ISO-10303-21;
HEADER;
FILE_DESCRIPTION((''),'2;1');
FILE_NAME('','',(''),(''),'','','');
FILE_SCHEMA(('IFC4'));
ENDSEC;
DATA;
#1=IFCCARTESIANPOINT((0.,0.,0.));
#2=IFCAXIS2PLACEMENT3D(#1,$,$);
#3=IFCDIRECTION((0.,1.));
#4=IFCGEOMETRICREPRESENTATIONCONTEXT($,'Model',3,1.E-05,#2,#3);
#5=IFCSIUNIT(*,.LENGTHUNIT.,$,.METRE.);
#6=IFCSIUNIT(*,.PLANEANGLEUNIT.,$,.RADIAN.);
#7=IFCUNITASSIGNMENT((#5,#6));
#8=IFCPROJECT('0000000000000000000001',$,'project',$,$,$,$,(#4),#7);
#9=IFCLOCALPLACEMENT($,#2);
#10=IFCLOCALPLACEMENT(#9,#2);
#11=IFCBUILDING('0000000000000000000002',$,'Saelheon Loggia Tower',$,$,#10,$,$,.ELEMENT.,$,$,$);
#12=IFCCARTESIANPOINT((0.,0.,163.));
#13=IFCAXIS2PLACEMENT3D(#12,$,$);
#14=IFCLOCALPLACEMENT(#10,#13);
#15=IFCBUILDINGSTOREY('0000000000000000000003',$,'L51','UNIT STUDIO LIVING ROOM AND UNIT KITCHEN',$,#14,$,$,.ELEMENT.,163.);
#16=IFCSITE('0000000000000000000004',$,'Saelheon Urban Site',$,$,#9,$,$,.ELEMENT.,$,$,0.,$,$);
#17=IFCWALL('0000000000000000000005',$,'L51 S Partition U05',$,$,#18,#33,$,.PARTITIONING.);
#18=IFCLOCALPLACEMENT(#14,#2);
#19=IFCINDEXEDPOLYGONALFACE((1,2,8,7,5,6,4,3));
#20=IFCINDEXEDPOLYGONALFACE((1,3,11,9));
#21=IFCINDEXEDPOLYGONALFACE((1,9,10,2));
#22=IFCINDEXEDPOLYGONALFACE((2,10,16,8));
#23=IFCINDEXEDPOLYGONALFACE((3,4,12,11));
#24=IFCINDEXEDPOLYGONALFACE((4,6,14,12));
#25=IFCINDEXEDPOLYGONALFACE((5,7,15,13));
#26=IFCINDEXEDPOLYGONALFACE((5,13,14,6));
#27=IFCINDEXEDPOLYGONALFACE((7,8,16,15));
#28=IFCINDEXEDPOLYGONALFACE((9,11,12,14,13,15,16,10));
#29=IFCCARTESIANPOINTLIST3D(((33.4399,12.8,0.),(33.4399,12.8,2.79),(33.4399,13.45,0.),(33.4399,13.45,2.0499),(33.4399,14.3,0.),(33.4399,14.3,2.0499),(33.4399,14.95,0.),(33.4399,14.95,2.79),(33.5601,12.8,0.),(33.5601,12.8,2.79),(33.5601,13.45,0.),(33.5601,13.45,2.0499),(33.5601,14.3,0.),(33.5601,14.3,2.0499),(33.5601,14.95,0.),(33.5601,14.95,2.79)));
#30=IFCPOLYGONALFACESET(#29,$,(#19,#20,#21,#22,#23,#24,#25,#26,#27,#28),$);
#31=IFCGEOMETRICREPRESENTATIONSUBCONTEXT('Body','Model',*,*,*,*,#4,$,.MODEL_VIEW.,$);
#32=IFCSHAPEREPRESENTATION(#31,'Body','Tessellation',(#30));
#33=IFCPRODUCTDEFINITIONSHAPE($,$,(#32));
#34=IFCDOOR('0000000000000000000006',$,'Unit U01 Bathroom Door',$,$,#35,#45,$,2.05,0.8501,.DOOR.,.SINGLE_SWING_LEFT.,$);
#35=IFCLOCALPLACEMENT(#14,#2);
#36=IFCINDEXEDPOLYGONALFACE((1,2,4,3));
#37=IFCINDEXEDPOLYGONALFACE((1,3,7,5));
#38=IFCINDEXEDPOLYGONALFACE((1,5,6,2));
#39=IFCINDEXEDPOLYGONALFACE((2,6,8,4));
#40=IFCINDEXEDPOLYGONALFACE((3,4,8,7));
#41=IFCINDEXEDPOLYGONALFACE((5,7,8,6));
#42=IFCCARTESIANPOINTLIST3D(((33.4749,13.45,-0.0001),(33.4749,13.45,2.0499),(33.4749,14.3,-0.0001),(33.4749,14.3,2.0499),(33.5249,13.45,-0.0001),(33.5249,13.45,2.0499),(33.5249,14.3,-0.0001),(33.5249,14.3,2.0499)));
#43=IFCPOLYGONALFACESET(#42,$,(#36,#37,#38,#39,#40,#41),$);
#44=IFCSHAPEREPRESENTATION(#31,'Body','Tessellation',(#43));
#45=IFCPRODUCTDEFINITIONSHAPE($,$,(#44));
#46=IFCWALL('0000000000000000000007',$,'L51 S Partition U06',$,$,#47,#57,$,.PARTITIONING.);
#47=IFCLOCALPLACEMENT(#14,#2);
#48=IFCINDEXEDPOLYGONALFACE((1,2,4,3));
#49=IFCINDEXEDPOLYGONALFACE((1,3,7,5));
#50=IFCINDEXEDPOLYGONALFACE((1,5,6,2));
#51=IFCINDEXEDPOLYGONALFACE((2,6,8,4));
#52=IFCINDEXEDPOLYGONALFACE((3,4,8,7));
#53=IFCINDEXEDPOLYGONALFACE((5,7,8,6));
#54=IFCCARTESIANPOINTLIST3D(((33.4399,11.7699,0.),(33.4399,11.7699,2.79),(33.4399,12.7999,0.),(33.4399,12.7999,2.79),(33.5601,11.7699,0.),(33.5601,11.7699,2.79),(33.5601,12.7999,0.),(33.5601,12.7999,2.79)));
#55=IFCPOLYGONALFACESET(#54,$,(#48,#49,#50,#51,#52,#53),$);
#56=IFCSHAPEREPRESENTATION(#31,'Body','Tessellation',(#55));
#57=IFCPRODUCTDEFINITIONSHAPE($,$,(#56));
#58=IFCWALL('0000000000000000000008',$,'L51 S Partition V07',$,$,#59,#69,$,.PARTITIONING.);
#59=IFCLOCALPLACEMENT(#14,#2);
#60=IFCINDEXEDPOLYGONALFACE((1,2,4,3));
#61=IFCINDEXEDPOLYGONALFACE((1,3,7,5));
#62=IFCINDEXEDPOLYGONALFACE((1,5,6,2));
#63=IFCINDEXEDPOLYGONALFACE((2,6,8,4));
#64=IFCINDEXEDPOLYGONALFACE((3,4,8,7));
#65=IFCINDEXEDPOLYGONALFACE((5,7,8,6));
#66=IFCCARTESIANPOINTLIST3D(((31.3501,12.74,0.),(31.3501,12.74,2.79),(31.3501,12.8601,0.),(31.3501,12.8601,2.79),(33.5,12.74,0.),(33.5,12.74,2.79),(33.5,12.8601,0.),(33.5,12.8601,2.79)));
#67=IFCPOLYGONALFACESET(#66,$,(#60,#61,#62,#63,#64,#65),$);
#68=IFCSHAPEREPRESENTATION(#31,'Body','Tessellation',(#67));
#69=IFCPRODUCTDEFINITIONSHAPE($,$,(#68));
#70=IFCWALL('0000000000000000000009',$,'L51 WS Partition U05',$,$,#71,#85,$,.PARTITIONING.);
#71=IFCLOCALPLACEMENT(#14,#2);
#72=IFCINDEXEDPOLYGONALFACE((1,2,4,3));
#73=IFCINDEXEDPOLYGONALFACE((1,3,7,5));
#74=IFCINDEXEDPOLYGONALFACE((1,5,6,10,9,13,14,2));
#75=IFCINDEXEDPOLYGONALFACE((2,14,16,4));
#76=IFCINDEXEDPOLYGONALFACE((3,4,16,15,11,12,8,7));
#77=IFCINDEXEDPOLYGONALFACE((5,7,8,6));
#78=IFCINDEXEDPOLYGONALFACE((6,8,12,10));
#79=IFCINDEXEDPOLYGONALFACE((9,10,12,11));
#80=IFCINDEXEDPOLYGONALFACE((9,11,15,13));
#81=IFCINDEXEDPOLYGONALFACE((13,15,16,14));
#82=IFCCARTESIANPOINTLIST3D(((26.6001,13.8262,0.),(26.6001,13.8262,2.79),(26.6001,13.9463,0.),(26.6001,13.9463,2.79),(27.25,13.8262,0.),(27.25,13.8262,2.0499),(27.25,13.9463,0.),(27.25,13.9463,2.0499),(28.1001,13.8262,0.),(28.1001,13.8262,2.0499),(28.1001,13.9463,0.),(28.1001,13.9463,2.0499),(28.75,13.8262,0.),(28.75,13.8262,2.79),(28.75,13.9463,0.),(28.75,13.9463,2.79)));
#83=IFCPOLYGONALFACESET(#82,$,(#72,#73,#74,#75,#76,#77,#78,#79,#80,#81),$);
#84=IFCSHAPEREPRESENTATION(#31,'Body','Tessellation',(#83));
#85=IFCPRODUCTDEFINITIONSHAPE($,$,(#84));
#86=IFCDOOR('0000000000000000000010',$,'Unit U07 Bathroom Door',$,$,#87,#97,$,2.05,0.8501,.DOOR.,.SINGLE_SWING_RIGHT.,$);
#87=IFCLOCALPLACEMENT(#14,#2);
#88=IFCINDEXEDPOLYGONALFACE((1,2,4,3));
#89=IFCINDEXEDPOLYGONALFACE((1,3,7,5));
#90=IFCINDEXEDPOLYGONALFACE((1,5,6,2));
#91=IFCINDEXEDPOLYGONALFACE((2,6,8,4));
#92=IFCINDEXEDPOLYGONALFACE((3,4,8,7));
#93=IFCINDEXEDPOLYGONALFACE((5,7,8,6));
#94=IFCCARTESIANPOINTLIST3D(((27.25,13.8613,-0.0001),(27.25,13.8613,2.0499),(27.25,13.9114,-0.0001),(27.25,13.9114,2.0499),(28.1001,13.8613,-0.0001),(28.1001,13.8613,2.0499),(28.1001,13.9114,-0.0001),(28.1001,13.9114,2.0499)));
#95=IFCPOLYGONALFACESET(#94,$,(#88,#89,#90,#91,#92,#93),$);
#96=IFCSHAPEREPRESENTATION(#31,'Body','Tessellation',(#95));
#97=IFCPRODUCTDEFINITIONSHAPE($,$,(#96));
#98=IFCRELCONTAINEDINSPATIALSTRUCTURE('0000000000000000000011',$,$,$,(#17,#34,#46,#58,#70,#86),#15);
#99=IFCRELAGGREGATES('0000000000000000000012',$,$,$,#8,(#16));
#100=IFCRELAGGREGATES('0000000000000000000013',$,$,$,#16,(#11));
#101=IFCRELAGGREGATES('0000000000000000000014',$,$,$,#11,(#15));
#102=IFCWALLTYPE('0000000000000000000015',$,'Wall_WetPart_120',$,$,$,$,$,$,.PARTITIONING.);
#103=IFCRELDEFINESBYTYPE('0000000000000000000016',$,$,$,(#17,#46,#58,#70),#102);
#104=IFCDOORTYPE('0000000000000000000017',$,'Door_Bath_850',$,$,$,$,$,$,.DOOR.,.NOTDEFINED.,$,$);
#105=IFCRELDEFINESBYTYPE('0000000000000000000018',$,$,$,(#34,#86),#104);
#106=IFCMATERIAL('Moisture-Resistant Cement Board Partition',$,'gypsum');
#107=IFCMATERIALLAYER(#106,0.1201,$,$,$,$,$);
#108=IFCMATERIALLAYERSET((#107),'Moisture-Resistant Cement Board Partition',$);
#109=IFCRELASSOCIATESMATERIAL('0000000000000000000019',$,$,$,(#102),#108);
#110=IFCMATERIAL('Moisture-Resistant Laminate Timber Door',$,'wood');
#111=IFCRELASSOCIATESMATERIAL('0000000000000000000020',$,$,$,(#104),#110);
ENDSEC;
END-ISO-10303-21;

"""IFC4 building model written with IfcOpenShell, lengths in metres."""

from ifc_helpers import new_model, si_unit, direction, frame, frame_2d, origin, place, context, subcontext, project, spatial, rectangle, extrude, source, transform, mapped, material, layer, layer_set, type_object, element, fill, save


model = new_model("IFC4")

# Units and contexts
model_context = context("Model", 3, precision=1e-05, world=origin(), true_north=direction((0.0, 1.0)))
body_context = subcontext(model_context, "Body", "Model", "MODEL_VIEW")
ifc_project = project(units=[si_unit("LENGTHUNIT", "METRE"), si_unit("PLANEANGLEUNIT", "RADIAN")], contexts=[model_context])

# Site, building, storey
site_placement = place(None, origin())
site = spatial("IfcSite", under=ifc_project, at=site_placement, Name="Saelheon Urban Site", CompositionType="ELEMENT", RefElevation=0.0)
building_placement = place(site_placement, origin())
building = spatial("IfcBuilding", under=site, at=building_placement, Name="Saelheon Loggia Tower", CompositionType="ELEMENT")
storey_placement = place(building_placement, frame((0.0, 0.0, 163.0)))
storey = spatial("IfcBuildingStorey", under=building, at=storey_placement, Name="L51", Description="UNIT STUDIO LIVING ROOM AND UNIT KITCHEN", CompositionType="ELEMENT", Elevation=163.0)

# Wall, opening, door
ifc_material_1 = material(Name="Moisture-Resistant Cement Board Partition", Category="gypsum")
ifc_layer_1 = layer(ifc_material_1, 0.1201)
ifc_layer_set_1 = layer_set([ifc_layer_1], Name="Moisture-Resistant Cement Board Partition")
wall_type_1 = type_object("IfcWallType", Name="Wall_WetPart_120", PredefinedType="PARTITIONING", material=ifc_layer_set_1)
wall_1_placement = place(storey_placement, frame((33.5, 14.95, 0.0), z_axis=(0.0, 0.0, 1.0), x_axis=(0.0, -1.0, 0.0)))
wall_1 = element("IfcWall", 1, at=wall_1_placement, inside=storey, type_object=wall_type_1, Name="L51 S Partition U05", PredefinedType="PARTITIONING", context=body_context, shape_type="SweptSolid", body=[
    extrude(rectangle(XDim=2.1499, YDim=0.1201, at=frame_2d((1.075, 0.0))), origin(), (0.0, 0.0, 1.0), 2.79),
])
opening_1_placement = place(wall_1_placement, frame((0.6499, 0.0, 0.0)))
opening_1 = element("IfcOpeningElement", 2, at=opening_1_placement, cuts=wall_1, PredefinedType="OPENING", context=body_context, shape_type="SweptSolid", body=[
    extrude(rectangle(XDim=0.8501, YDim=2.05, at=frame_2d((0.425, 1.0249))), frame((0.0, 0.072, 0.0), z_axis=(0.0, -1.0, 0.0), x_axis=(1.0, 0.0, 0.0)), (0.0, 0.0, 1.0), 0.144),
])
ifc_material_2 = material(Name="Moisture-Resistant Laminate Timber Door", Category="wood")
door_type_1 = type_object("IfcDoorType", Name="Door_Bath_850", OperationType="NOTDEFINED", PredefinedType="DOOR", material=ifc_material_2)
shared_shape_1 = source(origin(), body_context, "Body", "SweptSolid", [
    extrude(rectangle(XDim=0.8501, YDim=2.05, at=frame_2d((0.425, 1.0249))), frame((0.0, 0.0249, 0.0), z_axis=(0.0, -1.0, 0.0), x_axis=(1.0, 0.0, 0.0)), (0.0, 0.0, 1.0), 0.05),
])
door_1_placement = place(opening_1_placement, origin())
door_1 = element("IfcDoor", 3, at=door_1_placement, inside=storey, type_object=door_type_1, Name="Unit U01 Bathroom Door", OperationType="SINGLE_SWING_LEFT", OverallHeight=2.05, OverallWidth=0.8501, PredefinedType="DOOR", context=body_context, shape_type="MappedRepresentation", body=[
    mapped(shared_shape_1, transform((0.0, 0.0, 0.0), scale=1.0)),
])
fill(opening_1, door_1)

# Walls
wall_2_placement = place(storey_placement, frame((33.5, 12.8, 0.0), z_axis=(0.0, 0.0, 1.0), x_axis=(0.0, -1.0, 0.0)))
element("IfcWall", 4, at=wall_2_placement, inside=storey, type_object=wall_type_1, Name="L51 S Partition U06", PredefinedType="PARTITIONING", context=body_context, shape_type="SweptSolid", body=[
    extrude(rectangle(XDim=1.03, YDim=0.1201, at=frame_2d((0.5151, 0.0))), origin(), (0.0, 0.0, 1.0), 2.79),
])
wall_3_placement = place(storey_placement, frame((31.3501, 12.8, 0.0), z_axis=(0.0, 0.0, 1.0), x_axis=(1.0, 0.0, 0.0)))
element("IfcWall", 5, at=wall_3_placement, inside=storey, type_object=wall_type_1, Name="L51 S Partition V07", PredefinedType="PARTITIONING", context=body_context, shape_type="SweptSolid", body=[
    extrude(rectangle(XDim=2.1499, YDim=0.1201, at=frame_2d((1.075, 0.0))), origin(), (0.0, 0.0, 1.0), 2.79),
])

# Wall, opening, door
wall_4_placement = place(storey_placement, frame((28.75, 13.8862, 0.0), z_axis=(0.0, 0.0, 1.0), x_axis=(-1.0, 0.0, 0.0)))
wall_4 = element("IfcWall", 6, at=wall_4_placement, inside=storey, type_object=wall_type_1, Name="L51 WS Partition U05", PredefinedType="PARTITIONING", context=body_context, shape_type="SweptSolid", body=[
    extrude(rectangle(XDim=2.1499, YDim=0.1201, at=frame_2d((1.075, 0.0))), origin(), (0.0, 0.0, 1.0), 2.79),
])
opening_2_placement = place(wall_4_placement, frame((0.6499, 0.0, 0.0)))
opening_2 = element("IfcOpeningElement", 7, at=opening_2_placement, cuts=wall_4, PredefinedType="OPENING", context=body_context, shape_type="SweptSolid", body=[
    extrude(rectangle(XDim=0.8501, YDim=2.05, at=frame_2d((0.425, 1.0249))), frame((0.0, 0.072, 0.0), z_axis=(0.0, -1.0, 0.0), x_axis=(1.0, 0.0, 0.0)), (0.0, 0.0, 1.0), 0.144),
])
door_2_placement = place(opening_2_placement, origin())
door_2 = element("IfcDoor", 8, at=door_2_placement, inside=storey, type_object=door_type_1, Name="Unit U07 Bathroom Door", OperationType="SINGLE_SWING_RIGHT", OverallHeight=2.05, OverallWidth=0.8501, PredefinedType="DOOR", context=body_context, shape_type="MappedRepresentation", body=[
    mapped(shared_shape_1, transform((0.0, 0.0, 0.0), scale=1.0)),
])
fill(opening_2, door_2)

save(model, "model.ifc")
